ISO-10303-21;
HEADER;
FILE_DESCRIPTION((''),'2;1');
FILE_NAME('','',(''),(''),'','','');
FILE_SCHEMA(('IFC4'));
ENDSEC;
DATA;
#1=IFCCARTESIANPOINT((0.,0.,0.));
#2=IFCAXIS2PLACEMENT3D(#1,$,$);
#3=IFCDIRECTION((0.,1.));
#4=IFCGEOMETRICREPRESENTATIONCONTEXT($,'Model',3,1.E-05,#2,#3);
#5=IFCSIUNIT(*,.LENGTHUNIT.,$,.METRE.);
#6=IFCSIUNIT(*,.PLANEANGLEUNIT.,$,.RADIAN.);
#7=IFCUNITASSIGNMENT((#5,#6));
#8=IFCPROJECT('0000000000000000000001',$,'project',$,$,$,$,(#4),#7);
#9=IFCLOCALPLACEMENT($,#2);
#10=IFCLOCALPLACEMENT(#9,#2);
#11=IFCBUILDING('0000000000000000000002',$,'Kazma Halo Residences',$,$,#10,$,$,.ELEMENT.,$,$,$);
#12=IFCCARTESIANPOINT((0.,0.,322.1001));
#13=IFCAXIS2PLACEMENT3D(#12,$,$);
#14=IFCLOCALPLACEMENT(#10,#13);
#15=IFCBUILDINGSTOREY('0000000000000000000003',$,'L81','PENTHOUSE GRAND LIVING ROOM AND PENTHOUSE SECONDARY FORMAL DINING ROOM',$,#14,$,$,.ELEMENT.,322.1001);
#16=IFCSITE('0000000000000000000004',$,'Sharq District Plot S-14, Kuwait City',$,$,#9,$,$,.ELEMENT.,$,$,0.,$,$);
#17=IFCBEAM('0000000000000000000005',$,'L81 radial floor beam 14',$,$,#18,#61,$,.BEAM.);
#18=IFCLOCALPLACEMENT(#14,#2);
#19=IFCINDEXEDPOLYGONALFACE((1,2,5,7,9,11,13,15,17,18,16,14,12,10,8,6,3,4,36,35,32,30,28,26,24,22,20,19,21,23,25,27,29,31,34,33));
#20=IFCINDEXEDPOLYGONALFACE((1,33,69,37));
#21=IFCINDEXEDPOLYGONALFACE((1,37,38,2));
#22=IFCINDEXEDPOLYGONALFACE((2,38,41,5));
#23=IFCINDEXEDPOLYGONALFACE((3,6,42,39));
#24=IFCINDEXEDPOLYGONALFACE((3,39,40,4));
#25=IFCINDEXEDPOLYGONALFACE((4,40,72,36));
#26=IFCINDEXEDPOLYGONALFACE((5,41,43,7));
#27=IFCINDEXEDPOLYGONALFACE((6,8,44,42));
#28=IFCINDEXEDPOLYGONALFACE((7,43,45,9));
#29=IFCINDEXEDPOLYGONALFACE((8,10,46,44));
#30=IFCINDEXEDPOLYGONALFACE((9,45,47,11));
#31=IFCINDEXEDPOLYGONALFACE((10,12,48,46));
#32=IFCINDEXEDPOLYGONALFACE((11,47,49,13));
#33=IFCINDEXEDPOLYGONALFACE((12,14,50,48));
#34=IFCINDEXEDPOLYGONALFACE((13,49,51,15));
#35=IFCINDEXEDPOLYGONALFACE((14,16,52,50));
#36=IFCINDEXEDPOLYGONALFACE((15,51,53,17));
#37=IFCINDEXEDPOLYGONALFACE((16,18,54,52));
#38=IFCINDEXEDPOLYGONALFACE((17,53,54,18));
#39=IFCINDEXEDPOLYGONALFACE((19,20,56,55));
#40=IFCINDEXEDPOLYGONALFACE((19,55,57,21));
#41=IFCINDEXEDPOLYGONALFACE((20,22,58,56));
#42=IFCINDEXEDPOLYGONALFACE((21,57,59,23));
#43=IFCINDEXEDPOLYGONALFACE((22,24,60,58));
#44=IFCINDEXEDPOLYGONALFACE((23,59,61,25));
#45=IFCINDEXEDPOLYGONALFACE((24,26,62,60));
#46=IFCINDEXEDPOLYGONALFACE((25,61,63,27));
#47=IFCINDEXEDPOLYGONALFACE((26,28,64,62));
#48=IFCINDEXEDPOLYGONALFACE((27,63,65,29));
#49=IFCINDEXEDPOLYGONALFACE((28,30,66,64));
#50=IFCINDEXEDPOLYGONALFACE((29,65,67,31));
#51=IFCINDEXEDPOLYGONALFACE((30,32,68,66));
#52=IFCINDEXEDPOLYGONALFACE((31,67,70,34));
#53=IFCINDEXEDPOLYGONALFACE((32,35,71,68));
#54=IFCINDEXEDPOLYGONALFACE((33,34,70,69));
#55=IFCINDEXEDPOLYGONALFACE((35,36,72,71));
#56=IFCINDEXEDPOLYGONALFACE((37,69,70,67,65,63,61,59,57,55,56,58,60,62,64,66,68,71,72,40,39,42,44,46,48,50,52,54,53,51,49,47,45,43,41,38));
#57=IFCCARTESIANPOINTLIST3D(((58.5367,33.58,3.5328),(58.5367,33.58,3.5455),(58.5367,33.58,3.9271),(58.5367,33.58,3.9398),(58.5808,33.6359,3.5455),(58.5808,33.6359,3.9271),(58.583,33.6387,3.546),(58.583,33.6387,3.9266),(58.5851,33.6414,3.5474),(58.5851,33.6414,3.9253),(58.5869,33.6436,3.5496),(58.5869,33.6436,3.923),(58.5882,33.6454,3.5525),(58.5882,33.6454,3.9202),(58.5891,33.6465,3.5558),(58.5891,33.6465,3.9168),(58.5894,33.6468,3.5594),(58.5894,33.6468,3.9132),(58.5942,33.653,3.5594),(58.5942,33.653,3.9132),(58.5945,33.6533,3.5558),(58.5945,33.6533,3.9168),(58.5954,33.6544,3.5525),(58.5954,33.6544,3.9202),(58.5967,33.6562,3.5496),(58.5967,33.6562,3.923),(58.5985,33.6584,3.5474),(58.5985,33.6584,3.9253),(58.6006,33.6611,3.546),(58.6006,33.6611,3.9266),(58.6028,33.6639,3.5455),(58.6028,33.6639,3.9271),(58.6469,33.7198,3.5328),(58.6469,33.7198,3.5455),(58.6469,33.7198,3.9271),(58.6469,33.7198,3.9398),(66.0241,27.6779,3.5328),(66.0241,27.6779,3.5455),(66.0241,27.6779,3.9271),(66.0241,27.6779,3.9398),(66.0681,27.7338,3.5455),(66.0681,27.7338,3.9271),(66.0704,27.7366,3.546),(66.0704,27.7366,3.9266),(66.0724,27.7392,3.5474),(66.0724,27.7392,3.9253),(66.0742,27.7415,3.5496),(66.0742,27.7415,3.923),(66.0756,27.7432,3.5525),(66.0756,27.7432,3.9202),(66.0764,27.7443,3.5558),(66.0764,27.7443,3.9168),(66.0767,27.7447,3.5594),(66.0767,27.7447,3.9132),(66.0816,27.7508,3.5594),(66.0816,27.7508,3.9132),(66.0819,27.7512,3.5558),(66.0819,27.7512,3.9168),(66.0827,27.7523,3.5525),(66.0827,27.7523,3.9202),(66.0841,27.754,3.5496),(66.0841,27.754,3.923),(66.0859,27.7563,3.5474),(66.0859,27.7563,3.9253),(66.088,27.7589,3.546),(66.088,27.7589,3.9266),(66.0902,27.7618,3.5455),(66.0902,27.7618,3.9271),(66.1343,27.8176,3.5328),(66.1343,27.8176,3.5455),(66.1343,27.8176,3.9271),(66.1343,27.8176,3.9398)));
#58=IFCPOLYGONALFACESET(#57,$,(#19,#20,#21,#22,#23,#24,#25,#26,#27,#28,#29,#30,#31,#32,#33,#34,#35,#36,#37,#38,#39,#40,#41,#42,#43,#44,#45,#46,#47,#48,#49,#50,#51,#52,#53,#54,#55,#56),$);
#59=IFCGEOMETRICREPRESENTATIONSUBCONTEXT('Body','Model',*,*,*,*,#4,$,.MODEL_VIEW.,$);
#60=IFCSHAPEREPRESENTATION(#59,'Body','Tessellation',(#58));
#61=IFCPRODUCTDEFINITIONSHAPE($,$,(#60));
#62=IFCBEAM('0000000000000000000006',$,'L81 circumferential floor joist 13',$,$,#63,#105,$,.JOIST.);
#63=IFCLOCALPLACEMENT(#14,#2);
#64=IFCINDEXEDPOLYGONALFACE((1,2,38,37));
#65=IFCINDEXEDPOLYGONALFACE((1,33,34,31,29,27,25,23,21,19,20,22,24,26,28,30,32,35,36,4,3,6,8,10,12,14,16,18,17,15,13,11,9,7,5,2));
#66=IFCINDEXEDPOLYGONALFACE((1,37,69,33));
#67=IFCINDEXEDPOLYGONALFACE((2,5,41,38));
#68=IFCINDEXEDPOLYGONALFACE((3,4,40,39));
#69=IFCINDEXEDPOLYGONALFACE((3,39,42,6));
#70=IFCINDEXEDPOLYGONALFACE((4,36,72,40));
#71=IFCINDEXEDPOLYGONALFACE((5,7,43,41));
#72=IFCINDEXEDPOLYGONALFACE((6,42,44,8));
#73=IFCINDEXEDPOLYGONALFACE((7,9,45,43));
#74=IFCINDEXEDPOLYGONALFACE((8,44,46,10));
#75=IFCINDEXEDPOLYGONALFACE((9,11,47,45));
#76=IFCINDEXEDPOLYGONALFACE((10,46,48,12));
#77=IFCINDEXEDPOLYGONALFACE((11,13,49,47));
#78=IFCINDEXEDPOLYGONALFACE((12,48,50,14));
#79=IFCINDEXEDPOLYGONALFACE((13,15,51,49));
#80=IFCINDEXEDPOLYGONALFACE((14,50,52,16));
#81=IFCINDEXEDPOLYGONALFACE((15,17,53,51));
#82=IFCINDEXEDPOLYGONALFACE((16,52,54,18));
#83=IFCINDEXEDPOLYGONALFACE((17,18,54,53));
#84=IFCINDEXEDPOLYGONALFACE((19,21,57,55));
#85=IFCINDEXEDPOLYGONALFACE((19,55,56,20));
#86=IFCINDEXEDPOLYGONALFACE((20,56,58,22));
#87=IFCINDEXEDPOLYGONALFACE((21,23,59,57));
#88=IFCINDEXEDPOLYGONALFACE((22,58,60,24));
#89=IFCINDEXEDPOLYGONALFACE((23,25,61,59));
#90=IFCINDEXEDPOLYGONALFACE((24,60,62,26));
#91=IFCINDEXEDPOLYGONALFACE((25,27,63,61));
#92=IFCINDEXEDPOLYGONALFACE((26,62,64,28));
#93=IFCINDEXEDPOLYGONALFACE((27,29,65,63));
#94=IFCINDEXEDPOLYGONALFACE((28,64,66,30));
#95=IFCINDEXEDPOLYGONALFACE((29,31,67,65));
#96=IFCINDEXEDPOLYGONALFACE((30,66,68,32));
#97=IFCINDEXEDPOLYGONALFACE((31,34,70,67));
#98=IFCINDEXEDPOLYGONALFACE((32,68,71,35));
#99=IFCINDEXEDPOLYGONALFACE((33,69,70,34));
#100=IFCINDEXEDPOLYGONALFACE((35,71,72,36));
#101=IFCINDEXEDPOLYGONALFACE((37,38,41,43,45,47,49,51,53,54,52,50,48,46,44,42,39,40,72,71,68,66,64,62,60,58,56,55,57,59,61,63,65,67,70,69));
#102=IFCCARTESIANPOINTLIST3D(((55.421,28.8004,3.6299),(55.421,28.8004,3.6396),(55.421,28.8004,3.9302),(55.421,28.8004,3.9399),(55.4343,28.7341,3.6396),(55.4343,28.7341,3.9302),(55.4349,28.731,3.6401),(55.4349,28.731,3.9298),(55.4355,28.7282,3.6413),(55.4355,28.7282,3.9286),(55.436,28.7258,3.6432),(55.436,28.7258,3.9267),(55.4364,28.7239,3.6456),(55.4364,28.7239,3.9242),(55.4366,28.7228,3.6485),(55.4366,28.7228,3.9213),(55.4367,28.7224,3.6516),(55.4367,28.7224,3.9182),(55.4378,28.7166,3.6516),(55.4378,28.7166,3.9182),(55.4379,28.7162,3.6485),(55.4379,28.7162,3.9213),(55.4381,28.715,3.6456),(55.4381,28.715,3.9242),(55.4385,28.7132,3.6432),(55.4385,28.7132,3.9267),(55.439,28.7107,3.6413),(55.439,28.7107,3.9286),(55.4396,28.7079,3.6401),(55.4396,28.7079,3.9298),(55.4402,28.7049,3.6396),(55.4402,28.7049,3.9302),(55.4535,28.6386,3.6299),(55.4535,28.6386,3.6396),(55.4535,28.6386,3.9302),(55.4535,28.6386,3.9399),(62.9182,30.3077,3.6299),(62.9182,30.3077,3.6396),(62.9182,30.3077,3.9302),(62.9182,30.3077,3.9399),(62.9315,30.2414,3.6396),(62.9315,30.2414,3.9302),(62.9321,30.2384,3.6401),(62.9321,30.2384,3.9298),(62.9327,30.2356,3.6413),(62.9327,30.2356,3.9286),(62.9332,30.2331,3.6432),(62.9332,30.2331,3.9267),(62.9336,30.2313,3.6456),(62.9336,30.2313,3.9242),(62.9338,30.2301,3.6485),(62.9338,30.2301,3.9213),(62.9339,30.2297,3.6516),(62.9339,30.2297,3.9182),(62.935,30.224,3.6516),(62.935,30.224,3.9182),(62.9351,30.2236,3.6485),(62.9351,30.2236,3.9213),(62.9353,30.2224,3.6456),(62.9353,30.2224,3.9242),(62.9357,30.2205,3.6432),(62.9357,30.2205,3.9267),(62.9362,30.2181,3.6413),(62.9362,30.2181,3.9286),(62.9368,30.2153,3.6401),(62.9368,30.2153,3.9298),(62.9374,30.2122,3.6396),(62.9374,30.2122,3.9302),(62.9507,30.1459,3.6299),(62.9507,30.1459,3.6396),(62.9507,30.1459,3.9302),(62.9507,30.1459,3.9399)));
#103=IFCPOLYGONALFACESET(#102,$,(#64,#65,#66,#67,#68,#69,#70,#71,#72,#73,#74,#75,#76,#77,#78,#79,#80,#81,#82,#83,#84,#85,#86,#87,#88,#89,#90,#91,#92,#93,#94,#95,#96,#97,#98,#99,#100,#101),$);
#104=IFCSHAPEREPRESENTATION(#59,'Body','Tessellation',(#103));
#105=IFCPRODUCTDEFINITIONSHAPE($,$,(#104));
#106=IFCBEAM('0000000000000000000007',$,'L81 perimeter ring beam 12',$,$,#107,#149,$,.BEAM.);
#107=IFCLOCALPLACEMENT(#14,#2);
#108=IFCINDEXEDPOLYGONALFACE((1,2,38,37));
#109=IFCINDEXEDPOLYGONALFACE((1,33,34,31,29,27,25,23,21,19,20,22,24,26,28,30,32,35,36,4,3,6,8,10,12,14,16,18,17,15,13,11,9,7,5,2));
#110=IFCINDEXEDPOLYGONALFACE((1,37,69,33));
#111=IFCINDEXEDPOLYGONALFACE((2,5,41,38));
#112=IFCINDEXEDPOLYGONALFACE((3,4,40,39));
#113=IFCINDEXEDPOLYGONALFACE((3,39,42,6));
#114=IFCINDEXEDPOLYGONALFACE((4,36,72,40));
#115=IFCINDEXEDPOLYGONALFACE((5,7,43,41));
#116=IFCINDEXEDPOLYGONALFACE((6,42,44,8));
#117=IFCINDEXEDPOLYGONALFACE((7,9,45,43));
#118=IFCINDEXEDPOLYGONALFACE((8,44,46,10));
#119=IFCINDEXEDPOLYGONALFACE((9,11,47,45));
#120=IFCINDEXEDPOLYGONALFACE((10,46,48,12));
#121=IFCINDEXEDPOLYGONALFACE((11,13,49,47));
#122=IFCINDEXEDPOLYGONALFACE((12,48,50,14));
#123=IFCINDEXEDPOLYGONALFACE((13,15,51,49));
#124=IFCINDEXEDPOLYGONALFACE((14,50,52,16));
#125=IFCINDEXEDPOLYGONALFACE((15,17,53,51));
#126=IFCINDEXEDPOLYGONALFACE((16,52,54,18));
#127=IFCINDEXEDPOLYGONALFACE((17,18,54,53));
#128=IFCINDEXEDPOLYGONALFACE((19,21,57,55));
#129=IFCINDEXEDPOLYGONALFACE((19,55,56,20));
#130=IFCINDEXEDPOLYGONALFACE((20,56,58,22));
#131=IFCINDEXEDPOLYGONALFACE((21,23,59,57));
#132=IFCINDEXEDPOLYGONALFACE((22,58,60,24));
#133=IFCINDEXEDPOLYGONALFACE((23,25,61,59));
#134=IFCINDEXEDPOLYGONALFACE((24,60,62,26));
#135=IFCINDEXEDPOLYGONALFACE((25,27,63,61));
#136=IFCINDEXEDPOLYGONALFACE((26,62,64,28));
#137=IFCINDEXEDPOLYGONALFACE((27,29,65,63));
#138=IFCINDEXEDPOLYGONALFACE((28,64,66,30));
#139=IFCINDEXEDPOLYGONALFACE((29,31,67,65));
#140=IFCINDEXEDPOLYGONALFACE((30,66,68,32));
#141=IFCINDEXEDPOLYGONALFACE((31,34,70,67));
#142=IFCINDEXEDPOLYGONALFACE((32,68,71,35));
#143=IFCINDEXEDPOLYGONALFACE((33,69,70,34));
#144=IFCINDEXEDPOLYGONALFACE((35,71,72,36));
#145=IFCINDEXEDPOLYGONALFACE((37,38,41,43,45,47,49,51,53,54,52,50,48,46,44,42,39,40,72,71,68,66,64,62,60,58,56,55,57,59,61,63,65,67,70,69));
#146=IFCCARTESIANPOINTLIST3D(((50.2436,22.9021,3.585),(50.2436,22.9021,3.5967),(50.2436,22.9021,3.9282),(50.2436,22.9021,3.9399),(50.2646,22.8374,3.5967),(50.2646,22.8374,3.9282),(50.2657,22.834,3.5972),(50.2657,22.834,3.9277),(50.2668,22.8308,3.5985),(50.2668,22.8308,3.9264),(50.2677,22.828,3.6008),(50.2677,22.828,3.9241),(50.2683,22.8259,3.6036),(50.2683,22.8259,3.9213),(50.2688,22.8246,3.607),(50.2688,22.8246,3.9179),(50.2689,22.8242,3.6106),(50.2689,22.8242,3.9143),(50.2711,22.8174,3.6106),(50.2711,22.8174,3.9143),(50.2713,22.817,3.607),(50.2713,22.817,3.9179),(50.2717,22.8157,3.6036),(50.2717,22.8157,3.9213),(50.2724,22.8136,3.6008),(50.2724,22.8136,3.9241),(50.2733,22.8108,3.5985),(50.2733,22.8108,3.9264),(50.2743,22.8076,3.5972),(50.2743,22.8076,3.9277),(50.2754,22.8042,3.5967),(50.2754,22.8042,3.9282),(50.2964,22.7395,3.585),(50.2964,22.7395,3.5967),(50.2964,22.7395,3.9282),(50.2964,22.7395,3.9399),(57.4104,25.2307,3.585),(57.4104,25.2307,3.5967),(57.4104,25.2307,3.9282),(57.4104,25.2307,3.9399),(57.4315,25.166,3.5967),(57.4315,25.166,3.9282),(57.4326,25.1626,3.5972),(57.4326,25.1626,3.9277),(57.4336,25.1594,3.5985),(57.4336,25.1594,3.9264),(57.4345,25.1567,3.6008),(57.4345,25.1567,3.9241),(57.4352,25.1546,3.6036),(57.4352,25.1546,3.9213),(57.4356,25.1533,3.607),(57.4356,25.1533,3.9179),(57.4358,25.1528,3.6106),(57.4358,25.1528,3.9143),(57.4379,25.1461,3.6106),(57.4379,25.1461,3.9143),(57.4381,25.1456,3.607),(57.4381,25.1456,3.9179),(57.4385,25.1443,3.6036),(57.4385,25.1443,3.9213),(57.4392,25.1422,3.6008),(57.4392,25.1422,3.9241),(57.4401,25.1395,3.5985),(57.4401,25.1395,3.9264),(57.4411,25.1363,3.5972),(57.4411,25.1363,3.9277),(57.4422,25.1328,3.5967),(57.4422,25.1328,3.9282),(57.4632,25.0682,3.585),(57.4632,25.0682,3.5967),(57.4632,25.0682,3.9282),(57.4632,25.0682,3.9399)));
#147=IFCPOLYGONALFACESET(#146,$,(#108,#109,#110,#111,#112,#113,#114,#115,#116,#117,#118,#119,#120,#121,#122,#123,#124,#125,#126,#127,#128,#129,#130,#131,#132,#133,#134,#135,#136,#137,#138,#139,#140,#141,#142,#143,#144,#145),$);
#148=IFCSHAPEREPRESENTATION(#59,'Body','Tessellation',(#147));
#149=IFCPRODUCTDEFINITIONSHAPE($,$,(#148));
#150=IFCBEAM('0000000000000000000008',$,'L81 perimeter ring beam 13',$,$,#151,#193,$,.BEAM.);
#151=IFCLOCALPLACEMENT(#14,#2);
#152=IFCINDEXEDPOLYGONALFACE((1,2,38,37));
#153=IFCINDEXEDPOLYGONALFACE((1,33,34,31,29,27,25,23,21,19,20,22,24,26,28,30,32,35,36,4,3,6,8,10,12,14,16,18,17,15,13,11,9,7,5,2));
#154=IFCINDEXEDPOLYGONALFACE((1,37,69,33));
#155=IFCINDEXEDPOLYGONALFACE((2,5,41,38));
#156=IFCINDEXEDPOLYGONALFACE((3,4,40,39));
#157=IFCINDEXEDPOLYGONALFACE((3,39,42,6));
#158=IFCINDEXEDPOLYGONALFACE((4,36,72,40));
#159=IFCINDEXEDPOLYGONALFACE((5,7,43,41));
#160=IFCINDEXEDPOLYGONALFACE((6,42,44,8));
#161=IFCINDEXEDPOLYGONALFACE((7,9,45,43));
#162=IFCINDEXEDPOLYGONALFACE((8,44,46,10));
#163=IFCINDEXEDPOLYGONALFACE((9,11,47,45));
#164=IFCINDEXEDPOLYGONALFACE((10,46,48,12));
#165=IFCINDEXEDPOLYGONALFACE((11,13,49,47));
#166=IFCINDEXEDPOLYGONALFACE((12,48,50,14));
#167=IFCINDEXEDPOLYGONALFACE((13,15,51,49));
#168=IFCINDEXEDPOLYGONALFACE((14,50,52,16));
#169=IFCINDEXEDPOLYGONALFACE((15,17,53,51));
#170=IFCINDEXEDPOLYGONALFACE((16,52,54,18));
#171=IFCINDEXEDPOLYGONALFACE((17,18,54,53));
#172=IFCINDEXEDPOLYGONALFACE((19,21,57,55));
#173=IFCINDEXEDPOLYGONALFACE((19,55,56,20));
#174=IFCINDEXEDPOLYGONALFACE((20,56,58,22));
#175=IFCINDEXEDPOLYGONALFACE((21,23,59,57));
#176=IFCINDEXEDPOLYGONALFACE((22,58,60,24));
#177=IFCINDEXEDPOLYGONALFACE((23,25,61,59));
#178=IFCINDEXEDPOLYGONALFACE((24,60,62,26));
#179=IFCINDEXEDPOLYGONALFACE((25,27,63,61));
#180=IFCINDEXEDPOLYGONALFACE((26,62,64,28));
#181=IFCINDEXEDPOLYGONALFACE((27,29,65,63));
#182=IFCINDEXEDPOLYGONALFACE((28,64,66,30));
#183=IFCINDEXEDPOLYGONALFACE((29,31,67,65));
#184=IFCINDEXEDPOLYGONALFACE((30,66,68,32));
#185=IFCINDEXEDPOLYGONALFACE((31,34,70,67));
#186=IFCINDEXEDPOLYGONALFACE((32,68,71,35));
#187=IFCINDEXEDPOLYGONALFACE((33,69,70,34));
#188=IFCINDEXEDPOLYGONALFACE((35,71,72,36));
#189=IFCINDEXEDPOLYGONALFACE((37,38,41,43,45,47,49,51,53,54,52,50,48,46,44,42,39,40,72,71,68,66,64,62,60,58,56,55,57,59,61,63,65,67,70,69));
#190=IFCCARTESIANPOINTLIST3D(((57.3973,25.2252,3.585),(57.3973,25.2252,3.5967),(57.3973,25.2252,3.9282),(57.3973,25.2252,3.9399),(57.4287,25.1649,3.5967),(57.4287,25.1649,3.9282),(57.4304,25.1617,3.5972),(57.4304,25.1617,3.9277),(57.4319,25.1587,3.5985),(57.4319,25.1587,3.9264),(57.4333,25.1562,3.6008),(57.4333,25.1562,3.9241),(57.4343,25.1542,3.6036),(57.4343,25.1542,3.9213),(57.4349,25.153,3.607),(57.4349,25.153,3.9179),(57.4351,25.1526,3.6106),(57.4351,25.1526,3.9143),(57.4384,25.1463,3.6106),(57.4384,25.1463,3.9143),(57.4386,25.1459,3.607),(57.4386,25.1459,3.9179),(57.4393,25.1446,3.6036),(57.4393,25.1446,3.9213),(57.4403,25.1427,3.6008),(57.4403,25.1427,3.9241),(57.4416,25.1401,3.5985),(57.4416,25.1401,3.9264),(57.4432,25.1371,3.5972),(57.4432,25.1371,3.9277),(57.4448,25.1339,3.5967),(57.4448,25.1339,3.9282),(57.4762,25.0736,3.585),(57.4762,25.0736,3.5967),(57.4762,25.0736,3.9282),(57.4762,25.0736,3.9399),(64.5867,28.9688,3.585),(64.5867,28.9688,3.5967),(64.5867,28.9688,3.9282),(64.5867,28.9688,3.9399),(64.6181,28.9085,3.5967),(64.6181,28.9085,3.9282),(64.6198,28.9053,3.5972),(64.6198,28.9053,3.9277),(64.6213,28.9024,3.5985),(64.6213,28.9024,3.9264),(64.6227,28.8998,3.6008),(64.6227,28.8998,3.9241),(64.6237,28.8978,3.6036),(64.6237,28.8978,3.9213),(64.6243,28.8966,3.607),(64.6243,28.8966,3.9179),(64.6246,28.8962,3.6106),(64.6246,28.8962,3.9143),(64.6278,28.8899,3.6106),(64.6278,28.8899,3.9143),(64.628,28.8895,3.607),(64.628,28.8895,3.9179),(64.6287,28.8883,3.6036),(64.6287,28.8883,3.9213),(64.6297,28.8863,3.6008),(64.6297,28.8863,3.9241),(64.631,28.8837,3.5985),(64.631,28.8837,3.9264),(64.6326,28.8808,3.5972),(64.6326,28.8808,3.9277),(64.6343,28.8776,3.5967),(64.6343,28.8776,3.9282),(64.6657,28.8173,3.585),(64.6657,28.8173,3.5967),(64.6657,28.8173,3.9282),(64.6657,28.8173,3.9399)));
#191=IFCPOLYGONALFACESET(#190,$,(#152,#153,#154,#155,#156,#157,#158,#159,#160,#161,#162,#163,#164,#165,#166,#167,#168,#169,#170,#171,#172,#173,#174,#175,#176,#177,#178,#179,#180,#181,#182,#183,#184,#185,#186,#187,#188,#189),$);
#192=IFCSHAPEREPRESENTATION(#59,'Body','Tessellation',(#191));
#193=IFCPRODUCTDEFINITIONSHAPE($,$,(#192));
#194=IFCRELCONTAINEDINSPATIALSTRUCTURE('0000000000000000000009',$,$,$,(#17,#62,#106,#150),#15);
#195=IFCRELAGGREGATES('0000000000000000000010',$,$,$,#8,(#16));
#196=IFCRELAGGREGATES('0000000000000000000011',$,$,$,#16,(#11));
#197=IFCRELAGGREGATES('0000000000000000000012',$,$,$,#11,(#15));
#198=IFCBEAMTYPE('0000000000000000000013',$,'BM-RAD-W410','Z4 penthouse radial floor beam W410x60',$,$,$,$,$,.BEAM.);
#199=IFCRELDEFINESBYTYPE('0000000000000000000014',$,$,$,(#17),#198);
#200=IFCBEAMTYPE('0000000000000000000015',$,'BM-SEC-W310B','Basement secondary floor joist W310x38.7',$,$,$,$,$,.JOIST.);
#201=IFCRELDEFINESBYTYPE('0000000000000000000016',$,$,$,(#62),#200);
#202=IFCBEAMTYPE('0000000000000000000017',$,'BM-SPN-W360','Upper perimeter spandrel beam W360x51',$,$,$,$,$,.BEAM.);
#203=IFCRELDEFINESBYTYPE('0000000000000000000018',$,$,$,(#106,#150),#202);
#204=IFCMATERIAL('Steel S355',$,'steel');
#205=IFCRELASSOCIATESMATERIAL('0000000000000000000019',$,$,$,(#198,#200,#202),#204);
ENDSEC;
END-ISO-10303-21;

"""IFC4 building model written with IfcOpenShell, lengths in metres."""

from ifc_helpers import new_model, si_unit, direction, frame, origin, origin_2d, place, context, subcontext, project, spatial, i_section, extrude, material, material_profile, profile_set, type_object, element, save


model = new_model("IFC4")

# Units and contexts
model_context = context("Model", 3, precision=1e-05, world=origin(), true_north=direction((0.0, 1.0)))
body_context = subcontext(model_context, "Body", "Model", "MODEL_VIEW")
ifc_project = project(units=[si_unit("LENGTHUNIT", "METRE"), si_unit("PLANEANGLEUNIT", "RADIAN")], contexts=[model_context])

# Site, building, storey
site_placement = place(None, origin())
site = spatial("IfcSite", under=ifc_project, at=site_placement, Name="Sharq District Plot S-14, Kuwait City", CompositionType="ELEMENT", RefElevation=0.0)
building_placement = place(site_placement, origin())
building = spatial("IfcBuilding", under=site, at=building_placement, Name="Kazma Halo Residences", CompositionType="ELEMENT")
storey_placement = place(building_placement, frame((0.0, 0.0, 322.1001)))
storey = spatial("IfcBuildingStorey", under=building, at=storey_placement, Name="L81", Description="PENTHOUSE GRAND LIVING ROOM AND PENTHOUSE SECONDARY FORMAL DINING ROOM", CompositionType="ELEMENT", Elevation=322.1001)

# Beams
ifc_material_1 = material(Name="Steel S355", Category="steel")
ifc_material_profile_1 = material_profile(ifc_material_1, i_section(OverallWidth=0.178, OverallDepth=0.407, WebThickness=0.0078, FlangeThickness=0.0127, FilletRadius=0.0139, at=origin_2d()), Name="W410x60")
ifc_profile_set_1 = profile_set([ifc_material_profile_1], Name="Steel S355")
beam_type_1 = type_object("IfcBeamType", Name="BM-RAD-W410", Description="Z4 penthouse radial floor beam W410x60", PredefinedType="BEAM", material=ifc_profile_set_1)
beam_1_placement = place(storey_placement, frame((58.5918, 33.6499, 3.7363), z_axis=(0.785338, -0.619067, 0.0), x_axis=(0.619067, 0.785338, 0.0)))
element("IfcBeam", 1, at=beam_1_placement, inside=storey, type_object=beam_type_1, Name="L81 radial floor beam 14", PredefinedType="BEAM", context=body_context, shape_type="SweptSolid", body=[
    extrude(i_section(OverallWidth=0.178, OverallDepth=0.407, WebThickness=0.0078, FlangeThickness=0.0127, FilletRadius=0.0139, at=origin_2d()), origin(), (0.0, 0.0, 1.0), 9.5339),
])
ifc_material_profile_2 = material_profile(ifc_material_1, i_section(OverallWidth=0.165, OverallDepth=0.3101, WebThickness=0.0059, FlangeThickness=0.0098, FilletRadius=0.012, at=origin_2d()), Name="W310x38.7")
ifc_profile_set_2 = profile_set([ifc_material_profile_2], Name="Steel S355")
beam_type_2 = type_object("IfcBeamType", Name="BM-SEC-W310B", Description="Basement secondary floor joist W310x38.7", PredefinedType="JOIST", material=ifc_profile_set_2)
beam_2_placement = place(storey_placement, frame((55.4373, 28.7195, 3.7849), z_axis=(0.980381, 0.197111, 0.0), x_axis=(-0.197111, 0.980381, 0.0)))
element("IfcBeam", 2, at=beam_2_placement, inside=storey, type_object=beam_type_2, Name="L81 circumferential floor joist 13", PredefinedType="JOIST", context=body_context, shape_type="SweptSolid", body=[
    extrude(i_section(OverallWidth=0.165, OverallDepth=0.3101, WebThickness=0.0059, FlangeThickness=0.0098, FilletRadius=0.012, at=origin_2d()), origin(), (0.0, 0.0, 1.0), 7.6472),
])
ifc_material_profile_3 = material_profile(ifc_material_1, i_section(OverallWidth=0.1709, OverallDepth=0.355, WebThickness=0.0071, FlangeThickness=0.0117, FilletRadius=0.0139, at=origin_2d()), Name="W360x51")
ifc_profile_set_3 = profile_set([ifc_material_profile_3], Name="Steel S355")
beam_type_3 = type_object("IfcBeamType", Name="BM-SPN-W360", Description="Upper perimeter spandrel beam W360x51", PredefinedType="BEAM", material=ifc_profile_set_3)
beam_3_placement = place(storey_placement, frame((50.27, 22.8208, 3.7625), z_axis=(0.951057, 0.309016, 0.0), x_axis=(-0.309016, 0.951057, 0.0)))
element("IfcBeam", 3, at=beam_3_placement, inside=storey, type_object=beam_type_3, Name="L81 perimeter ring beam 12", PredefinedType="BEAM", context=body_context, shape_type="SweptSolid", body=[
    extrude(i_section(OverallWidth=0.1709, OverallDepth=0.355, WebThickness=0.0071, FlangeThickness=0.0117, FilletRadius=0.0139, at=origin_2d()), origin(), (0.0, 0.0, 1.0), 7.5356),
])
beam_4_placement = place(storey_placement, frame((57.4368, 25.1494, 3.7625), z_axis=(0.886957, 0.461851, 0.0), x_axis=(-0.461851, 0.886957, 0.0)))
element("IfcBeam", 4, at=beam_4_placement, inside=storey, type_object=beam_type_3, Name="L81 perimeter ring beam 13", PredefinedType="BEAM", context=body_context, shape_type="SweptSolid", body=[
    extrude(i_section(OverallWidth=0.1709, OverallDepth=0.355, WebThickness=0.0071, FlangeThickness=0.0117, FilletRadius=0.0139, at=origin_2d()), origin(), (0.0, 0.0, 1.0), 8.1057),
])

save(model, "model.ifc")
